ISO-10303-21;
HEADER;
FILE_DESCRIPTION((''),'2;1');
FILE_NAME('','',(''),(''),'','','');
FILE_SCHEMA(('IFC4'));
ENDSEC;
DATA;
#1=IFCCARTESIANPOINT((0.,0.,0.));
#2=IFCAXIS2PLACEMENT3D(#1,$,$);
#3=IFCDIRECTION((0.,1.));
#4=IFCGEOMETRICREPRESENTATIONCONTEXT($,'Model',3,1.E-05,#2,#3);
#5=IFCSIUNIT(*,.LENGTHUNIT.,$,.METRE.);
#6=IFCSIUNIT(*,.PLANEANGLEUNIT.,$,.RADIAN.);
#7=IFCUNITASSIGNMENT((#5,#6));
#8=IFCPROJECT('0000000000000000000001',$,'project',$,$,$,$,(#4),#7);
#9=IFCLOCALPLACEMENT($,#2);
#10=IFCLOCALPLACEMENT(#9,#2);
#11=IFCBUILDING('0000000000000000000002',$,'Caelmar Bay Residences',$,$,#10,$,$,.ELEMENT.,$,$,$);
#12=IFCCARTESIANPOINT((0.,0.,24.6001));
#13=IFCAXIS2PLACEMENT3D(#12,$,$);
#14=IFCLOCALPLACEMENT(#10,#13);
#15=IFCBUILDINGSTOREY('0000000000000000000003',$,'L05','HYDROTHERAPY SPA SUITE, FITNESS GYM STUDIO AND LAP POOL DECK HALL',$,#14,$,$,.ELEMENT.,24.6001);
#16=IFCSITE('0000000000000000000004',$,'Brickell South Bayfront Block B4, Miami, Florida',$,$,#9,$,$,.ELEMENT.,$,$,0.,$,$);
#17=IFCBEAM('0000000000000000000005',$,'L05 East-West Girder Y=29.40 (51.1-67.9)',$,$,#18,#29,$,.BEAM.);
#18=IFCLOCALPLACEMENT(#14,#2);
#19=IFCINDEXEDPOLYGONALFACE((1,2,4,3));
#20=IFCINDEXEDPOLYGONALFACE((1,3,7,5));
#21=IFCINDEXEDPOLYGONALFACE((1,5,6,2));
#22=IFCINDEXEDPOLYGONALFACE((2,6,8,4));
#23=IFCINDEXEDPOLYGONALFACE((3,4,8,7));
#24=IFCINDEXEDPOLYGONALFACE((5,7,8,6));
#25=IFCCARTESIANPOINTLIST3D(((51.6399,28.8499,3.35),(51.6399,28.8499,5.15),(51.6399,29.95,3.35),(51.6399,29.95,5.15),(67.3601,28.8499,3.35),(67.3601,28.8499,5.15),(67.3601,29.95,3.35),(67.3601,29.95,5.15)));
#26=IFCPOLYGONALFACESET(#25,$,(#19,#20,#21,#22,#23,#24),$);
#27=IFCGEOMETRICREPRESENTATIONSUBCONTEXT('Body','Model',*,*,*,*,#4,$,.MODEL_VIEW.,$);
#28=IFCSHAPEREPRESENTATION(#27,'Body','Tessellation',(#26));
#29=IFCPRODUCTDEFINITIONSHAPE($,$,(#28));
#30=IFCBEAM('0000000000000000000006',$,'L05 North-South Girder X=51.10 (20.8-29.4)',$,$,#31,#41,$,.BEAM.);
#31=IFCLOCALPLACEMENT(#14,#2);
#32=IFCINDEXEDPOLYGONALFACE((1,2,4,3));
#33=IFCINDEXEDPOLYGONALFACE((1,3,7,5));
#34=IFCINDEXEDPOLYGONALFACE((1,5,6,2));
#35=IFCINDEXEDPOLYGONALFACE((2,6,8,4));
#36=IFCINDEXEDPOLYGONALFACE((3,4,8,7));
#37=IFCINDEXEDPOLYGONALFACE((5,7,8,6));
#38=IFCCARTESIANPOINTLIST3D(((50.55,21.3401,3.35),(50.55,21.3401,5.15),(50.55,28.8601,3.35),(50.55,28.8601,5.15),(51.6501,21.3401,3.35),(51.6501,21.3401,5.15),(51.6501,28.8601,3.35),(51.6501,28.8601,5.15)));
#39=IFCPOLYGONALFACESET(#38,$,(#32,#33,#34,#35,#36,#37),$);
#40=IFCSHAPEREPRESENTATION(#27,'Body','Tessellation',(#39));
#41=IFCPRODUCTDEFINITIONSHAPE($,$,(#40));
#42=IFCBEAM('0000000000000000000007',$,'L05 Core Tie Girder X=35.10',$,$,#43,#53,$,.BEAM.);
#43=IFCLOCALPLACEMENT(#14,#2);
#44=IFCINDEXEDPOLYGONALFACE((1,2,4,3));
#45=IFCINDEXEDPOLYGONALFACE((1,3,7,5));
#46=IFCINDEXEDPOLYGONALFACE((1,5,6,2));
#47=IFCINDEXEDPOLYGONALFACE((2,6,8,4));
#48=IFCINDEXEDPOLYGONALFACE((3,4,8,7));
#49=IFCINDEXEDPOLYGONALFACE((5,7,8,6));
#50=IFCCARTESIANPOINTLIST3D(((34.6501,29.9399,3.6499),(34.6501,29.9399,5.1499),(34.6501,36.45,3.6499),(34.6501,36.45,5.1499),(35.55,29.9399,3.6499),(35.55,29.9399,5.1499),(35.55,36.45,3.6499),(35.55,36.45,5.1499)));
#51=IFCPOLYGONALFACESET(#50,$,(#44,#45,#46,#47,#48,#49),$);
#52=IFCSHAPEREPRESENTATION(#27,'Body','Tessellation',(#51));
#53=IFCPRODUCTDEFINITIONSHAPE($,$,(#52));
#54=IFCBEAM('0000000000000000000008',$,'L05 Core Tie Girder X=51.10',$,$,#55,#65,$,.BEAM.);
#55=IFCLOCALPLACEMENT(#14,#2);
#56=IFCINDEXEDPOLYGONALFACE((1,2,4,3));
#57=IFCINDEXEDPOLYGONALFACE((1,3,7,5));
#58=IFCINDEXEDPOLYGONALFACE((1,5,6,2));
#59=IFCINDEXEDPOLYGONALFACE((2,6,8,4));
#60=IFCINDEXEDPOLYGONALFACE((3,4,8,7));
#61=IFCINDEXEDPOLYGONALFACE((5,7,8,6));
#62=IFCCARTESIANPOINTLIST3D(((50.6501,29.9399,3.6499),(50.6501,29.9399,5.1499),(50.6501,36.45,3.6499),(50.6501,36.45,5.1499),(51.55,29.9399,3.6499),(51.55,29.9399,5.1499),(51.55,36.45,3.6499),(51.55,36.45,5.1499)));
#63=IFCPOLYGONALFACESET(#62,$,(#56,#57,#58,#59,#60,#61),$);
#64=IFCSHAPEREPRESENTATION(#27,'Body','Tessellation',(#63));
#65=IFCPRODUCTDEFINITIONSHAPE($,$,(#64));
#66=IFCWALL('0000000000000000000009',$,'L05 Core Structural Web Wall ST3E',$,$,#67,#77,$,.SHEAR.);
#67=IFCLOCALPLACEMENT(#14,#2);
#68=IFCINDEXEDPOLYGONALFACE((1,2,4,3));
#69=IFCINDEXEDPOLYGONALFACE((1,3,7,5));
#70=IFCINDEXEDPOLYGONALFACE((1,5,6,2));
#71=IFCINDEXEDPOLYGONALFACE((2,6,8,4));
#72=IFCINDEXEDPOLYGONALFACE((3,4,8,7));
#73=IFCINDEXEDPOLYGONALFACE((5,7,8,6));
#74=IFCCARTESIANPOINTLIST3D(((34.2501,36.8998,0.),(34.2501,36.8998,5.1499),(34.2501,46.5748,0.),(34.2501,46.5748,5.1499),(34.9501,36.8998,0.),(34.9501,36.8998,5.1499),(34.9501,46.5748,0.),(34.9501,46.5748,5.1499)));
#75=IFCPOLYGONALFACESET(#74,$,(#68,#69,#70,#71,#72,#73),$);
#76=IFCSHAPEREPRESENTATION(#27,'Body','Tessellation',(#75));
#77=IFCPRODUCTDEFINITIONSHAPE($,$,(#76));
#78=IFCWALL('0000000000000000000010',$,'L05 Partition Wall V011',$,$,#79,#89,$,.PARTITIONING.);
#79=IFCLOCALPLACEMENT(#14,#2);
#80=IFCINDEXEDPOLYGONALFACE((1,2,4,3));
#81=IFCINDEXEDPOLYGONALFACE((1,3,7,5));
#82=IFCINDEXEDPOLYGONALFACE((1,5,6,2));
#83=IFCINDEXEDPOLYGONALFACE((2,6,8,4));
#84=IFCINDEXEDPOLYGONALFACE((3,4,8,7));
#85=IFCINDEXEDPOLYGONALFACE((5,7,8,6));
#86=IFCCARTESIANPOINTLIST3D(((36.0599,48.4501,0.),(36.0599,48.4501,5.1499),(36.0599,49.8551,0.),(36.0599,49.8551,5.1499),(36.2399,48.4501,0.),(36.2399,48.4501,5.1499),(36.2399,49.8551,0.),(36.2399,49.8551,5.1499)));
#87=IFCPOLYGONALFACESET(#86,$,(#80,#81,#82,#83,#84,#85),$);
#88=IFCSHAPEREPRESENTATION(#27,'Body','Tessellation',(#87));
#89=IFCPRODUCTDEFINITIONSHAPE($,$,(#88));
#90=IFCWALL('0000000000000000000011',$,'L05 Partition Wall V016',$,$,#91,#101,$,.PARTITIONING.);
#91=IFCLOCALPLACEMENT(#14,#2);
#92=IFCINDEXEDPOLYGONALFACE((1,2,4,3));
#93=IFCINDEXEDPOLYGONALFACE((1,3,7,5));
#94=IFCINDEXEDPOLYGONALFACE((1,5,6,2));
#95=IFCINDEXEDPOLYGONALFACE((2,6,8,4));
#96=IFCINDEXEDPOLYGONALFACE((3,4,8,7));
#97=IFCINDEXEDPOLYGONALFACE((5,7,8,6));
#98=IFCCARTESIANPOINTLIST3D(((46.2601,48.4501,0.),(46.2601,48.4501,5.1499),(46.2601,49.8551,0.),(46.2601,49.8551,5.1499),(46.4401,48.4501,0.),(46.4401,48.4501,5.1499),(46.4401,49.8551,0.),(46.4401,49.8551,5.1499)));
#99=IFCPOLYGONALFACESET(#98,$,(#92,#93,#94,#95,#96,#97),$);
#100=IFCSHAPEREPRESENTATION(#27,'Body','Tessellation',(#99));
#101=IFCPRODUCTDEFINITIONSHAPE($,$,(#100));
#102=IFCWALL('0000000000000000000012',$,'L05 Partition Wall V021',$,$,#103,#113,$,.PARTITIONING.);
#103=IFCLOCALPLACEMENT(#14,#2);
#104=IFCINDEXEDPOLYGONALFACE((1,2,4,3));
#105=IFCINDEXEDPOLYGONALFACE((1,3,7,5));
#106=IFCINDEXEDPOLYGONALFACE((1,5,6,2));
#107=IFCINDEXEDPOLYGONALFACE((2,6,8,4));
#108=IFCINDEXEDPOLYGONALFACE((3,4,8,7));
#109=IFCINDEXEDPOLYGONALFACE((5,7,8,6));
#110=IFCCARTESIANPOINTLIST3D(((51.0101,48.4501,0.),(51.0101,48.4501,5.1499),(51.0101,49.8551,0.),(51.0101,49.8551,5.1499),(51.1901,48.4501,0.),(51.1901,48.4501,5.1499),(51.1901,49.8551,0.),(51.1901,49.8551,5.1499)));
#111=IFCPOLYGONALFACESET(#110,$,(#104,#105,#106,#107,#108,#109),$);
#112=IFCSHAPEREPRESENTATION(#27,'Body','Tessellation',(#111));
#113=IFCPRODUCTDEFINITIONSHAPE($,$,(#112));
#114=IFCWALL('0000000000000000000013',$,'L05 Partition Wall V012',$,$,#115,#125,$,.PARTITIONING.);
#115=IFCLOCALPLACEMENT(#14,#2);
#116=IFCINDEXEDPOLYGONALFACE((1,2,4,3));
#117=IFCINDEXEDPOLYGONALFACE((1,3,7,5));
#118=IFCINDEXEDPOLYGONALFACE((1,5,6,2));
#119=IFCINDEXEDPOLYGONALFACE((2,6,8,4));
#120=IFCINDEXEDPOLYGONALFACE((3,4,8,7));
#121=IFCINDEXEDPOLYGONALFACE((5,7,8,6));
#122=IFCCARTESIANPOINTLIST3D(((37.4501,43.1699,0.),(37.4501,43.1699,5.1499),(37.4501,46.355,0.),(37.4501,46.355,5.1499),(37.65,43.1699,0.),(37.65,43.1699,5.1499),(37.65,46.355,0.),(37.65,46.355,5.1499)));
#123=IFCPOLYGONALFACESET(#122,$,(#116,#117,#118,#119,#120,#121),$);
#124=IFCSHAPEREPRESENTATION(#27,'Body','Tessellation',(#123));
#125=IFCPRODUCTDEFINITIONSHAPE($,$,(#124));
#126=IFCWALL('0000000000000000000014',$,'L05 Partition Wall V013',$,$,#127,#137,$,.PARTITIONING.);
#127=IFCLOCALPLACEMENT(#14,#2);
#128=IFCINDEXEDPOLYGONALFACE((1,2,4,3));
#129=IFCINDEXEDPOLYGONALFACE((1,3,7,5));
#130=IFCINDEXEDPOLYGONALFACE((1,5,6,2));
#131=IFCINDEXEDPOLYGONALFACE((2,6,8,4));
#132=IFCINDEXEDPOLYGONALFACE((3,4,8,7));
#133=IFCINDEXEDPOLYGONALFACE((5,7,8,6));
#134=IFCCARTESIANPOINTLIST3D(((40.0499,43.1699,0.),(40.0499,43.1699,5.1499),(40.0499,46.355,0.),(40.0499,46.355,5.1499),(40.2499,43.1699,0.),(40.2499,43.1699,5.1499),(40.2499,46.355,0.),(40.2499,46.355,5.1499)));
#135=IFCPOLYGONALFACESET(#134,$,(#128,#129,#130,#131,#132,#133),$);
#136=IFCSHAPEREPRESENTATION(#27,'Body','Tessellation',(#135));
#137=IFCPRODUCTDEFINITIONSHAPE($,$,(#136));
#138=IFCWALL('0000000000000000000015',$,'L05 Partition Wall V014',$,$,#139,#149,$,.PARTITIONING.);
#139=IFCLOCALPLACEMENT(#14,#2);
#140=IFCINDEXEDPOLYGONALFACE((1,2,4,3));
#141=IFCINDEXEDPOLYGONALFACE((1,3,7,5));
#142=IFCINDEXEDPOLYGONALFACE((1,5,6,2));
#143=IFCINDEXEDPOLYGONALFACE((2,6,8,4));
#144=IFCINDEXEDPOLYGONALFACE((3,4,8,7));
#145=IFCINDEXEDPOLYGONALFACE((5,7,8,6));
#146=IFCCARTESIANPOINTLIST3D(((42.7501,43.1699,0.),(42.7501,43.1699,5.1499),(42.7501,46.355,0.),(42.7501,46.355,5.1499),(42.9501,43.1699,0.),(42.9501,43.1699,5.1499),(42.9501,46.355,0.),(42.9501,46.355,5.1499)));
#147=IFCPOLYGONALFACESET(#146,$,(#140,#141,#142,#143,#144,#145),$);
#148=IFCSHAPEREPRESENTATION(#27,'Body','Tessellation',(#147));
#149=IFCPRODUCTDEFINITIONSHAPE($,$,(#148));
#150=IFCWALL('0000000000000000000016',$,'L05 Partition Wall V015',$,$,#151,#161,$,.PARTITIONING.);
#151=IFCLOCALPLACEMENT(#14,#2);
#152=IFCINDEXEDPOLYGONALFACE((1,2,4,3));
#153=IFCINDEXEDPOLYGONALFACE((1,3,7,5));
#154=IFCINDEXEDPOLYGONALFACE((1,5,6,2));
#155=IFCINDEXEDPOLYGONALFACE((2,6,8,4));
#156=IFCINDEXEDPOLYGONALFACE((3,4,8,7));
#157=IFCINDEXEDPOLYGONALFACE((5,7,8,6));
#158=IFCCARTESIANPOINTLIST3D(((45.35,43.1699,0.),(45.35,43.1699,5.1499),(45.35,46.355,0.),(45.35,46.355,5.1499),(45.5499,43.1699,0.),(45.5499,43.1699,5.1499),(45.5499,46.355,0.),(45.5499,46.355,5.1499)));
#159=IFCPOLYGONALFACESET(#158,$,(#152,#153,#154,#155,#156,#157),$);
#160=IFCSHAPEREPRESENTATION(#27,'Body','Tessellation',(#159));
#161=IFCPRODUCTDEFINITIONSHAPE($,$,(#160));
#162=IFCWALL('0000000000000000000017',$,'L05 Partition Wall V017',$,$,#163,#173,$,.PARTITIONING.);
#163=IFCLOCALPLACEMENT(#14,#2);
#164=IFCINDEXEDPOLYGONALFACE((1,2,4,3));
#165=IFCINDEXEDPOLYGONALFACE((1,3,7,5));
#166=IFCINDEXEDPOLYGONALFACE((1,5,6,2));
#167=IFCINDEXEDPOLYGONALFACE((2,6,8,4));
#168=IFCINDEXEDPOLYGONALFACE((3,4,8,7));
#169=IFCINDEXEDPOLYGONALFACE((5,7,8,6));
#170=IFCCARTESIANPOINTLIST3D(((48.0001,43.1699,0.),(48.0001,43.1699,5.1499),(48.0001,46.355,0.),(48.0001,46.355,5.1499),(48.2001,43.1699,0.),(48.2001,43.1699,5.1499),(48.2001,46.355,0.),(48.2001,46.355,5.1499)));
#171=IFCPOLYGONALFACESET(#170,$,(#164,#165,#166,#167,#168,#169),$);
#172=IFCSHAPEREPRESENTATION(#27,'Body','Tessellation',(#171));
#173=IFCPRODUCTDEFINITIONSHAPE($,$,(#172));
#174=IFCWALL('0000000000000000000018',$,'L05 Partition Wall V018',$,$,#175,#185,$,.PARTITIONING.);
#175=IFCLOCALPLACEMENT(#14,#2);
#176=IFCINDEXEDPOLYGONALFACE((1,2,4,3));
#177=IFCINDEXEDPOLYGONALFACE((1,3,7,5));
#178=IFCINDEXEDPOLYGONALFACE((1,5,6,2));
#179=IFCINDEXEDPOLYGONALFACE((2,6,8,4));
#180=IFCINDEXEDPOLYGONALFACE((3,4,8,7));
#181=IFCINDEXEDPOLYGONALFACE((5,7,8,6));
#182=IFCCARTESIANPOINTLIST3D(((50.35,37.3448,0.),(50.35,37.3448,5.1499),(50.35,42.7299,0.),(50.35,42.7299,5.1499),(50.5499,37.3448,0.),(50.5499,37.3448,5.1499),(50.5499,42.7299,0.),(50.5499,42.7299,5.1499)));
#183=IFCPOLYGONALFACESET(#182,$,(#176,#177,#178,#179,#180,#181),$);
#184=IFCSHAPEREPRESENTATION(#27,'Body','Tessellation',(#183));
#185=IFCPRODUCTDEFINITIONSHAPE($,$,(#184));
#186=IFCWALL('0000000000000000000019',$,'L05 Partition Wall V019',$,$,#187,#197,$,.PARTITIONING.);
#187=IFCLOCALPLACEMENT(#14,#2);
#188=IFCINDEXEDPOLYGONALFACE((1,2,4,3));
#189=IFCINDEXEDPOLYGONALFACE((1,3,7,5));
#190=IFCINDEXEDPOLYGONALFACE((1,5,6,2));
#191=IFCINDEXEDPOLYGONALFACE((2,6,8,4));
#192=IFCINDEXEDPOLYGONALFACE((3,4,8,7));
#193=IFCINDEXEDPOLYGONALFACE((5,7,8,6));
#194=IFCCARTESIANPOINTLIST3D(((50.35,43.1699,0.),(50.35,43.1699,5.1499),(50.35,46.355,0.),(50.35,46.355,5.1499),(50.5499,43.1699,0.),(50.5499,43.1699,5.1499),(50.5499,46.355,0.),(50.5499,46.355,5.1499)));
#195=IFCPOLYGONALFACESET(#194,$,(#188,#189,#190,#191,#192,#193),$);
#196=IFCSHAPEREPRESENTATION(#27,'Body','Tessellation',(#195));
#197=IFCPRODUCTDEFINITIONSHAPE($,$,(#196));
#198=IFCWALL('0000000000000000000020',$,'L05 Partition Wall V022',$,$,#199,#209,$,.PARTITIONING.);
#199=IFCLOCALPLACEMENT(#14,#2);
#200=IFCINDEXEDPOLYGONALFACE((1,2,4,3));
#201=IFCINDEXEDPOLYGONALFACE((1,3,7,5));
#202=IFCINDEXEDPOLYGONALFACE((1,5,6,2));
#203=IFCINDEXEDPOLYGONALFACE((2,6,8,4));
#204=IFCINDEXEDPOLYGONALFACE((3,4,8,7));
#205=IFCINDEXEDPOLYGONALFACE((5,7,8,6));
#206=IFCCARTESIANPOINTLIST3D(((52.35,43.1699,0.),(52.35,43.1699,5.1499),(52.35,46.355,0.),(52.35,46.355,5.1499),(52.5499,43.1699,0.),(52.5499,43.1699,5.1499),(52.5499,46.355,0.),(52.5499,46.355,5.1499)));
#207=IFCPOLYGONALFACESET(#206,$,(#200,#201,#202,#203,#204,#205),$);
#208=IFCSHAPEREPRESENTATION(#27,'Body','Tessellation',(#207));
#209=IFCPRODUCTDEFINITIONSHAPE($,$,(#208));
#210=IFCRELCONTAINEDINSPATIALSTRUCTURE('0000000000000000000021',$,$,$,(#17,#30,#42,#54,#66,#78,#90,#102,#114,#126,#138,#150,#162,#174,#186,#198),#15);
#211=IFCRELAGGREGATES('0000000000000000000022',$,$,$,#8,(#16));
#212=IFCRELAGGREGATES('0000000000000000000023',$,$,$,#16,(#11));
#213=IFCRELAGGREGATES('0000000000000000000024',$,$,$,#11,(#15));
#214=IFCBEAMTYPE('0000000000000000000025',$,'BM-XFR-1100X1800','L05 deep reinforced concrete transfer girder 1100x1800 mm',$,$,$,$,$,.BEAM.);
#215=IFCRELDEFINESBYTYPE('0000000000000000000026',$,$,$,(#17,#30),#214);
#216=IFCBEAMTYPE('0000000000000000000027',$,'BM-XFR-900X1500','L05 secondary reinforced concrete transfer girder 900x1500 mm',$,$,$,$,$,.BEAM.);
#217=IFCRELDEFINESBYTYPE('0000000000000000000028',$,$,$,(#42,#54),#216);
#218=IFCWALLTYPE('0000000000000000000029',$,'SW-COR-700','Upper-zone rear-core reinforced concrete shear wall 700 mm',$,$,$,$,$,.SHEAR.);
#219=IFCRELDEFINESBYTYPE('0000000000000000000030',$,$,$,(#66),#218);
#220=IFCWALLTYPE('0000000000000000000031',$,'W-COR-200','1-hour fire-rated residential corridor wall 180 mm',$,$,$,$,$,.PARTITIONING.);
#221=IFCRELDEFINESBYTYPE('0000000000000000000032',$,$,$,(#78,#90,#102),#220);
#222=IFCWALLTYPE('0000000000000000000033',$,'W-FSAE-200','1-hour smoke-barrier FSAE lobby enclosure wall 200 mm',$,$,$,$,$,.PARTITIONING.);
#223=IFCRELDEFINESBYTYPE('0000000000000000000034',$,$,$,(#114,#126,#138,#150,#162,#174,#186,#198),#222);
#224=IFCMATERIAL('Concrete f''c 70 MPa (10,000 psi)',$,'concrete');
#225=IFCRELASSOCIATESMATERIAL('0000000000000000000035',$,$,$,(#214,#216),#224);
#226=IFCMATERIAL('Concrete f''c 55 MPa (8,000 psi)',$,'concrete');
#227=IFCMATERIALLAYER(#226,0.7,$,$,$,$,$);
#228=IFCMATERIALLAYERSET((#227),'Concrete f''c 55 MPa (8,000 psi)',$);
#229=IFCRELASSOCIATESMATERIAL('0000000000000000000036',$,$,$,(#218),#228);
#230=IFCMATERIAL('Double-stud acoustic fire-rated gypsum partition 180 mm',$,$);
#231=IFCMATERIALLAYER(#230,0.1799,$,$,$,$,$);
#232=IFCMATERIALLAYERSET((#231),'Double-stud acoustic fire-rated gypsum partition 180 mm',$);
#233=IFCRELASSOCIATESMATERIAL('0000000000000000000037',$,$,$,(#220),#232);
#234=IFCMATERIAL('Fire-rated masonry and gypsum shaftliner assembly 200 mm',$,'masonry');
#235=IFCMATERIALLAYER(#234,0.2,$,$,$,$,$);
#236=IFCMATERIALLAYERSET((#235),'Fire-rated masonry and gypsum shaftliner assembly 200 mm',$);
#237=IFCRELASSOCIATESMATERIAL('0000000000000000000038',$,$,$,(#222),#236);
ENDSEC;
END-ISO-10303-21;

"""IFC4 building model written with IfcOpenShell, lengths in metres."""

from ifc_helpers import new_model, si_unit, direction, frame, frame_2d, origin, origin_2d, place, context, subcontext, project, spatial, rectangle, extrude, material, layer, layer_set, material_profile, profile_set, type_object, element, save


model = new_model("IFC4")

# Units and contexts
model_context = context("Model", 3, precision=1e-05, world=origin(), true_north=direction((0.0, 1.0)))
body_context = subcontext(model_context, "Body", "Model", "MODEL_VIEW")
ifc_project = project(units=[si_unit("LENGTHUNIT", "METRE"), si_unit("PLANEANGLEUNIT", "RADIAN")], contexts=[model_context])

# Site, building, storey
site_placement = place(None, origin())
site = spatial("IfcSite", under=ifc_project, at=site_placement, Name="Brickell South Bayfront Block B4, Miami, Florida", CompositionType="ELEMENT", RefElevation=0.0)
building_placement = place(site_placement, origin())
building = spatial("IfcBuilding", under=site, at=building_placement, Name="Caelmar Bay Residences", CompositionType="ELEMENT")
storey_placement = place(building_placement, frame((0.0, 0.0, 24.6001)))
storey = spatial("IfcBuildingStorey", under=building, at=storey_placement, Name="L05", Description="HYDROTHERAPY SPA SUITE, FITNESS GYM STUDIO AND LAP POOL DECK HALL", CompositionType="ELEMENT", Elevation=24.6001)

# Shared definitions
ifc_material_1 = material(Name="Concrete f'c 70 MPa (10,000 psi)", Category="concrete")

# Beams
ifc_material_profile_1 = material_profile(ifc_material_1, rectangle(XDim=1.1001, YDim=1.8, at=origin_2d()), Name="RC-BM-1100X1800")
ifc_profile_set_1 = profile_set([ifc_material_profile_1], Name="Concrete f'c 70 MPa (10,000 psi)")
beam_type_1 = type_object("IfcBeamType", Name="BM-XFR-1100X1800", Description="L05 deep reinforced concrete transfer girder 1100x1800 mm", PredefinedType="BEAM", material=ifc_profile_set_1)
beam_1_placement = place(storey_placement, frame((51.6399, 29.3999, 4.25), z_axis=(1.0, 0.0, 0.0), x_axis=(0.0, 1.0, 0.0)))
element("IfcBeam", 1, at=beam_1_placement, inside=storey, type_object=beam_type_1, Name="L05 East-West Girder Y=29.40 (51.1-67.9)", PredefinedType="BEAM", context=body_context, shape_type="SweptSolid", body=[
    extrude(rectangle(XDim=1.1001, YDim=1.8, at=origin_2d()), origin(), (0.0, 0.0, 1.0), 15.7202),
])
beam_2_placement = place(storey_placement, frame((51.1001, 21.3401, 4.25), z_axis=(0.0, 1.0, 0.0), x_axis=(-1.0, 0.0, 0.0)))
element("IfcBeam", 2, at=beam_2_placement, inside=storey, type_object=beam_type_1, Name="L05 North-South Girder X=51.10 (20.8-29.4)", PredefinedType="BEAM", context=body_context, shape_type="SweptSolid", body=[
    extrude(rectangle(XDim=1.1001, YDim=1.8, at=origin_2d()), origin(), (0.0, 0.0, 1.0), 7.52),
])
ifc_material_profile_2 = material_profile(ifc_material_1, rectangle(XDim=0.8999, YDim=1.5, at=origin_2d()), Name="RC-BM-900X1500")
ifc_profile_set_2 = profile_set([ifc_material_profile_2], Name="Concrete f'c 70 MPa (10,000 psi)")
beam_type_2 = type_object("IfcBeamType", Name="BM-XFR-900X1500", Description="L05 secondary reinforced concrete transfer girder 900x1500 mm", PredefinedType="BEAM", material=ifc_profile_set_2)
for number, where, z_axis, x_axis, name in (
    (3, (35.1001, 29.9399, 4.3999), (0.0, 1.0, 0.0), (-1.0, 0.0, 0.0), "L05 Core Tie Girder X=35.10"),
    (4, (51.1001, 29.9399, 4.3999), (0.0, 1.0, 0.0), (-1.0, 0.0, 0.0), "L05 Core Tie Girder X=51.10"),
):
    element("IfcBeam", number, at=place(storey_placement, frame(where, z_axis=z_axis, x_axis=x_axis)), inside=storey, type_object=beam_type_2, Name=name, PredefinedType="BEAM", context=body_context, shape_type="SweptSolid", body=[
        extrude(rectangle(XDim=0.8999, YDim=1.5, at=origin_2d()), origin(), (0.0, 0.0, 1.0), 6.51),
    ])

# Shared definitions
ifc_material_2 = material(Name="Concrete f'c 55 MPa (8,000 psi)", Category="concrete")
ifc_layer_1 = layer(ifc_material_2, 0.7)
ifc_layer_set_1 = layer_set([ifc_layer_1], Name="Concrete f'c 55 MPa (8,000 psi)")
wall_type_1 = type_object("IfcWallType", Name="SW-COR-700", Description="Upper-zone rear-core reinforced concrete shear wall 700 mm", PredefinedType="SHEAR", material=ifc_layer_set_1)

# Walls
wall_1_placement = place(storey_placement, frame((34.6001, 36.8999, 0.0), z_axis=(0.0, 0.0, 1.0), x_axis=(0.0, 1.0, 0.0)))
element("IfcWall", 5, at=wall_1_placement, inside=storey, type_object=wall_type_1, Name="L05 Core Structural Web Wall ST3E", PredefinedType="SHEAR", context=body_context, shape_type="SweptSolid", body=[
    extrude(rectangle(XDim=9.675, YDim=0.7, at=frame_2d((4.8374, 0.0))), origin(), (0.0, 0.0, 1.0), 5.1499),
])
ifc_material_3 = material(Name="Double-stud acoustic fire-rated gypsum partition 180 mm")
ifc_layer_2 = layer(ifc_material_3, 0.1799)
ifc_layer_set_2 = layer_set([ifc_layer_2], Name="Double-stud acoustic fire-rated gypsum partition 180 mm")
wall_type_2 = type_object("IfcWallType", Name="W-COR-200", Description="1-hour fire-rated residential corridor wall 180 mm", PredefinedType="PARTITIONING", material=ifc_layer_set_2)
for number, where, z_axis, x_axis, name in (
    (6, (36.1499, 48.45, 0.0), (0.0, 0.0, 1.0), (0.0, 1.0, 0.0), "L05 Partition Wall V011"),
    (7, (46.3501, 48.45, 0.0), (0.0, 0.0, 1.0), (0.0, 1.0, 0.0), "L05 Partition Wall V016"),
    (8, (51.1001, 48.45, 0.0), (0.0, 0.0, 1.0), (0.0, 1.0, 0.0), "L05 Partition Wall V021"),
):
    element("IfcWall", number, at=place(storey_placement, frame(where, z_axis=z_axis, x_axis=x_axis)), inside=storey, type_object=wall_type_2, Name=name, PredefinedType="PARTITIONING", context=body_context, shape_type="SweptSolid", body=[
        extrude(rectangle(XDim=1.405, YDim=0.1799, at=frame_2d((0.7026, 0.0))), origin(), (0.0, 0.0, 1.0), 5.1499),
    ])
ifc_material_4 = material(Name="Fire-rated masonry and gypsum shaftliner assembly 200 mm", Category="masonry")
ifc_layer_3 = layer(ifc_material_4, 0.2)
ifc_layer_set_3 = layer_set([ifc_layer_3], Name="Fire-rated masonry and gypsum shaftliner assembly 200 mm")
wall_type_3 = type_object("IfcWallType", Name="W-FSAE-200", Description="1-hour smoke-barrier FSAE lobby enclosure wall 200 mm", PredefinedType="PARTITIONING", material=ifc_layer_set_3)
for number, where, z_axis, x_axis, name in (
    (9, (37.55, 43.1699, 0.0), (0.0, 0.0, 1.0), (0.0, 1.0, 0.0), "L05 Partition Wall V012"),
    (10, (40.1499, 43.1699, 0.0), (0.0, 0.0, 1.0), (0.0, 1.0, 0.0), "L05 Partition Wall V013"),
    (11, (42.8501, 43.1699, 0.0), (0.0, 0.0, 1.0), (0.0, 1.0, 0.0), "L05 Partition Wall V014"),
    (12, (45.45, 43.1699, 0.0), (0.0, 0.0, 1.0), (0.0, 1.0, 0.0), "L05 Partition Wall V015"),
    (13, (48.1001, 43.1699, 0.0), (0.0, 0.0, 1.0), (0.0, 1.0, 0.0), "L05 Partition Wall V017"),
):
    element("IfcWall", number, at=place(storey_placement, frame(where, z_axis=z_axis, x_axis=x_axis)), inside=storey, type_object=wall_type_3, Name=name, PredefinedType="PARTITIONING", context=body_context, shape_type="SweptSolid", body=[
        extrude(rectangle(XDim=3.1851, YDim=0.2, at=frame_2d((1.5925, 0.0))), origin(), (0.0, 0.0, 1.0), 5.1499),
    ])
wall_2_placement = place(storey_placement, frame((50.45, 37.345, 0.0), z_axis=(0.0, 0.0, 1.0), x_axis=(0.0, 1.0, 0.0)))
element("IfcWall", 14, at=wall_2_placement, inside=storey, type_object=wall_type_3, Name="L05 Partition Wall V018", PredefinedType="PARTITIONING", context=body_context, shape_type="SweptSolid", body=[
    extrude(rectangle(XDim=5.385, YDim=0.2, at=frame_2d((2.6924, 0.0))), origin(), (0.0, 0.0, 1.0), 5.1499),
])
for number, where, z_axis, x_axis, name in (
    (15, (50.45, 43.1699, 0.0), (0.0, 0.0, 1.0), (0.0, 1.0, 0.0), "L05 Partition Wall V019"),
    (16, (52.45, 43.1699, 0.0), (0.0, 0.0, 1.0), (0.0, 1.0, 0.0), "L05 Partition Wall V022"),
):
    element("IfcWall", number, at=place(storey_placement, frame(where, z_axis=z_axis, x_axis=x_axis)), inside=storey, type_object=wall_type_3, Name=name, PredefinedType="PARTITIONING", context=body_context, shape_type="SweptSolid", body=[
        extrude(rectangle(XDim=3.1851, YDim=0.2, at=frame_2d((1.5925, 0.0))), origin(), (0.0, 0.0, 1.0), 5.1499),
    ])

save(model, "model.ifc")
